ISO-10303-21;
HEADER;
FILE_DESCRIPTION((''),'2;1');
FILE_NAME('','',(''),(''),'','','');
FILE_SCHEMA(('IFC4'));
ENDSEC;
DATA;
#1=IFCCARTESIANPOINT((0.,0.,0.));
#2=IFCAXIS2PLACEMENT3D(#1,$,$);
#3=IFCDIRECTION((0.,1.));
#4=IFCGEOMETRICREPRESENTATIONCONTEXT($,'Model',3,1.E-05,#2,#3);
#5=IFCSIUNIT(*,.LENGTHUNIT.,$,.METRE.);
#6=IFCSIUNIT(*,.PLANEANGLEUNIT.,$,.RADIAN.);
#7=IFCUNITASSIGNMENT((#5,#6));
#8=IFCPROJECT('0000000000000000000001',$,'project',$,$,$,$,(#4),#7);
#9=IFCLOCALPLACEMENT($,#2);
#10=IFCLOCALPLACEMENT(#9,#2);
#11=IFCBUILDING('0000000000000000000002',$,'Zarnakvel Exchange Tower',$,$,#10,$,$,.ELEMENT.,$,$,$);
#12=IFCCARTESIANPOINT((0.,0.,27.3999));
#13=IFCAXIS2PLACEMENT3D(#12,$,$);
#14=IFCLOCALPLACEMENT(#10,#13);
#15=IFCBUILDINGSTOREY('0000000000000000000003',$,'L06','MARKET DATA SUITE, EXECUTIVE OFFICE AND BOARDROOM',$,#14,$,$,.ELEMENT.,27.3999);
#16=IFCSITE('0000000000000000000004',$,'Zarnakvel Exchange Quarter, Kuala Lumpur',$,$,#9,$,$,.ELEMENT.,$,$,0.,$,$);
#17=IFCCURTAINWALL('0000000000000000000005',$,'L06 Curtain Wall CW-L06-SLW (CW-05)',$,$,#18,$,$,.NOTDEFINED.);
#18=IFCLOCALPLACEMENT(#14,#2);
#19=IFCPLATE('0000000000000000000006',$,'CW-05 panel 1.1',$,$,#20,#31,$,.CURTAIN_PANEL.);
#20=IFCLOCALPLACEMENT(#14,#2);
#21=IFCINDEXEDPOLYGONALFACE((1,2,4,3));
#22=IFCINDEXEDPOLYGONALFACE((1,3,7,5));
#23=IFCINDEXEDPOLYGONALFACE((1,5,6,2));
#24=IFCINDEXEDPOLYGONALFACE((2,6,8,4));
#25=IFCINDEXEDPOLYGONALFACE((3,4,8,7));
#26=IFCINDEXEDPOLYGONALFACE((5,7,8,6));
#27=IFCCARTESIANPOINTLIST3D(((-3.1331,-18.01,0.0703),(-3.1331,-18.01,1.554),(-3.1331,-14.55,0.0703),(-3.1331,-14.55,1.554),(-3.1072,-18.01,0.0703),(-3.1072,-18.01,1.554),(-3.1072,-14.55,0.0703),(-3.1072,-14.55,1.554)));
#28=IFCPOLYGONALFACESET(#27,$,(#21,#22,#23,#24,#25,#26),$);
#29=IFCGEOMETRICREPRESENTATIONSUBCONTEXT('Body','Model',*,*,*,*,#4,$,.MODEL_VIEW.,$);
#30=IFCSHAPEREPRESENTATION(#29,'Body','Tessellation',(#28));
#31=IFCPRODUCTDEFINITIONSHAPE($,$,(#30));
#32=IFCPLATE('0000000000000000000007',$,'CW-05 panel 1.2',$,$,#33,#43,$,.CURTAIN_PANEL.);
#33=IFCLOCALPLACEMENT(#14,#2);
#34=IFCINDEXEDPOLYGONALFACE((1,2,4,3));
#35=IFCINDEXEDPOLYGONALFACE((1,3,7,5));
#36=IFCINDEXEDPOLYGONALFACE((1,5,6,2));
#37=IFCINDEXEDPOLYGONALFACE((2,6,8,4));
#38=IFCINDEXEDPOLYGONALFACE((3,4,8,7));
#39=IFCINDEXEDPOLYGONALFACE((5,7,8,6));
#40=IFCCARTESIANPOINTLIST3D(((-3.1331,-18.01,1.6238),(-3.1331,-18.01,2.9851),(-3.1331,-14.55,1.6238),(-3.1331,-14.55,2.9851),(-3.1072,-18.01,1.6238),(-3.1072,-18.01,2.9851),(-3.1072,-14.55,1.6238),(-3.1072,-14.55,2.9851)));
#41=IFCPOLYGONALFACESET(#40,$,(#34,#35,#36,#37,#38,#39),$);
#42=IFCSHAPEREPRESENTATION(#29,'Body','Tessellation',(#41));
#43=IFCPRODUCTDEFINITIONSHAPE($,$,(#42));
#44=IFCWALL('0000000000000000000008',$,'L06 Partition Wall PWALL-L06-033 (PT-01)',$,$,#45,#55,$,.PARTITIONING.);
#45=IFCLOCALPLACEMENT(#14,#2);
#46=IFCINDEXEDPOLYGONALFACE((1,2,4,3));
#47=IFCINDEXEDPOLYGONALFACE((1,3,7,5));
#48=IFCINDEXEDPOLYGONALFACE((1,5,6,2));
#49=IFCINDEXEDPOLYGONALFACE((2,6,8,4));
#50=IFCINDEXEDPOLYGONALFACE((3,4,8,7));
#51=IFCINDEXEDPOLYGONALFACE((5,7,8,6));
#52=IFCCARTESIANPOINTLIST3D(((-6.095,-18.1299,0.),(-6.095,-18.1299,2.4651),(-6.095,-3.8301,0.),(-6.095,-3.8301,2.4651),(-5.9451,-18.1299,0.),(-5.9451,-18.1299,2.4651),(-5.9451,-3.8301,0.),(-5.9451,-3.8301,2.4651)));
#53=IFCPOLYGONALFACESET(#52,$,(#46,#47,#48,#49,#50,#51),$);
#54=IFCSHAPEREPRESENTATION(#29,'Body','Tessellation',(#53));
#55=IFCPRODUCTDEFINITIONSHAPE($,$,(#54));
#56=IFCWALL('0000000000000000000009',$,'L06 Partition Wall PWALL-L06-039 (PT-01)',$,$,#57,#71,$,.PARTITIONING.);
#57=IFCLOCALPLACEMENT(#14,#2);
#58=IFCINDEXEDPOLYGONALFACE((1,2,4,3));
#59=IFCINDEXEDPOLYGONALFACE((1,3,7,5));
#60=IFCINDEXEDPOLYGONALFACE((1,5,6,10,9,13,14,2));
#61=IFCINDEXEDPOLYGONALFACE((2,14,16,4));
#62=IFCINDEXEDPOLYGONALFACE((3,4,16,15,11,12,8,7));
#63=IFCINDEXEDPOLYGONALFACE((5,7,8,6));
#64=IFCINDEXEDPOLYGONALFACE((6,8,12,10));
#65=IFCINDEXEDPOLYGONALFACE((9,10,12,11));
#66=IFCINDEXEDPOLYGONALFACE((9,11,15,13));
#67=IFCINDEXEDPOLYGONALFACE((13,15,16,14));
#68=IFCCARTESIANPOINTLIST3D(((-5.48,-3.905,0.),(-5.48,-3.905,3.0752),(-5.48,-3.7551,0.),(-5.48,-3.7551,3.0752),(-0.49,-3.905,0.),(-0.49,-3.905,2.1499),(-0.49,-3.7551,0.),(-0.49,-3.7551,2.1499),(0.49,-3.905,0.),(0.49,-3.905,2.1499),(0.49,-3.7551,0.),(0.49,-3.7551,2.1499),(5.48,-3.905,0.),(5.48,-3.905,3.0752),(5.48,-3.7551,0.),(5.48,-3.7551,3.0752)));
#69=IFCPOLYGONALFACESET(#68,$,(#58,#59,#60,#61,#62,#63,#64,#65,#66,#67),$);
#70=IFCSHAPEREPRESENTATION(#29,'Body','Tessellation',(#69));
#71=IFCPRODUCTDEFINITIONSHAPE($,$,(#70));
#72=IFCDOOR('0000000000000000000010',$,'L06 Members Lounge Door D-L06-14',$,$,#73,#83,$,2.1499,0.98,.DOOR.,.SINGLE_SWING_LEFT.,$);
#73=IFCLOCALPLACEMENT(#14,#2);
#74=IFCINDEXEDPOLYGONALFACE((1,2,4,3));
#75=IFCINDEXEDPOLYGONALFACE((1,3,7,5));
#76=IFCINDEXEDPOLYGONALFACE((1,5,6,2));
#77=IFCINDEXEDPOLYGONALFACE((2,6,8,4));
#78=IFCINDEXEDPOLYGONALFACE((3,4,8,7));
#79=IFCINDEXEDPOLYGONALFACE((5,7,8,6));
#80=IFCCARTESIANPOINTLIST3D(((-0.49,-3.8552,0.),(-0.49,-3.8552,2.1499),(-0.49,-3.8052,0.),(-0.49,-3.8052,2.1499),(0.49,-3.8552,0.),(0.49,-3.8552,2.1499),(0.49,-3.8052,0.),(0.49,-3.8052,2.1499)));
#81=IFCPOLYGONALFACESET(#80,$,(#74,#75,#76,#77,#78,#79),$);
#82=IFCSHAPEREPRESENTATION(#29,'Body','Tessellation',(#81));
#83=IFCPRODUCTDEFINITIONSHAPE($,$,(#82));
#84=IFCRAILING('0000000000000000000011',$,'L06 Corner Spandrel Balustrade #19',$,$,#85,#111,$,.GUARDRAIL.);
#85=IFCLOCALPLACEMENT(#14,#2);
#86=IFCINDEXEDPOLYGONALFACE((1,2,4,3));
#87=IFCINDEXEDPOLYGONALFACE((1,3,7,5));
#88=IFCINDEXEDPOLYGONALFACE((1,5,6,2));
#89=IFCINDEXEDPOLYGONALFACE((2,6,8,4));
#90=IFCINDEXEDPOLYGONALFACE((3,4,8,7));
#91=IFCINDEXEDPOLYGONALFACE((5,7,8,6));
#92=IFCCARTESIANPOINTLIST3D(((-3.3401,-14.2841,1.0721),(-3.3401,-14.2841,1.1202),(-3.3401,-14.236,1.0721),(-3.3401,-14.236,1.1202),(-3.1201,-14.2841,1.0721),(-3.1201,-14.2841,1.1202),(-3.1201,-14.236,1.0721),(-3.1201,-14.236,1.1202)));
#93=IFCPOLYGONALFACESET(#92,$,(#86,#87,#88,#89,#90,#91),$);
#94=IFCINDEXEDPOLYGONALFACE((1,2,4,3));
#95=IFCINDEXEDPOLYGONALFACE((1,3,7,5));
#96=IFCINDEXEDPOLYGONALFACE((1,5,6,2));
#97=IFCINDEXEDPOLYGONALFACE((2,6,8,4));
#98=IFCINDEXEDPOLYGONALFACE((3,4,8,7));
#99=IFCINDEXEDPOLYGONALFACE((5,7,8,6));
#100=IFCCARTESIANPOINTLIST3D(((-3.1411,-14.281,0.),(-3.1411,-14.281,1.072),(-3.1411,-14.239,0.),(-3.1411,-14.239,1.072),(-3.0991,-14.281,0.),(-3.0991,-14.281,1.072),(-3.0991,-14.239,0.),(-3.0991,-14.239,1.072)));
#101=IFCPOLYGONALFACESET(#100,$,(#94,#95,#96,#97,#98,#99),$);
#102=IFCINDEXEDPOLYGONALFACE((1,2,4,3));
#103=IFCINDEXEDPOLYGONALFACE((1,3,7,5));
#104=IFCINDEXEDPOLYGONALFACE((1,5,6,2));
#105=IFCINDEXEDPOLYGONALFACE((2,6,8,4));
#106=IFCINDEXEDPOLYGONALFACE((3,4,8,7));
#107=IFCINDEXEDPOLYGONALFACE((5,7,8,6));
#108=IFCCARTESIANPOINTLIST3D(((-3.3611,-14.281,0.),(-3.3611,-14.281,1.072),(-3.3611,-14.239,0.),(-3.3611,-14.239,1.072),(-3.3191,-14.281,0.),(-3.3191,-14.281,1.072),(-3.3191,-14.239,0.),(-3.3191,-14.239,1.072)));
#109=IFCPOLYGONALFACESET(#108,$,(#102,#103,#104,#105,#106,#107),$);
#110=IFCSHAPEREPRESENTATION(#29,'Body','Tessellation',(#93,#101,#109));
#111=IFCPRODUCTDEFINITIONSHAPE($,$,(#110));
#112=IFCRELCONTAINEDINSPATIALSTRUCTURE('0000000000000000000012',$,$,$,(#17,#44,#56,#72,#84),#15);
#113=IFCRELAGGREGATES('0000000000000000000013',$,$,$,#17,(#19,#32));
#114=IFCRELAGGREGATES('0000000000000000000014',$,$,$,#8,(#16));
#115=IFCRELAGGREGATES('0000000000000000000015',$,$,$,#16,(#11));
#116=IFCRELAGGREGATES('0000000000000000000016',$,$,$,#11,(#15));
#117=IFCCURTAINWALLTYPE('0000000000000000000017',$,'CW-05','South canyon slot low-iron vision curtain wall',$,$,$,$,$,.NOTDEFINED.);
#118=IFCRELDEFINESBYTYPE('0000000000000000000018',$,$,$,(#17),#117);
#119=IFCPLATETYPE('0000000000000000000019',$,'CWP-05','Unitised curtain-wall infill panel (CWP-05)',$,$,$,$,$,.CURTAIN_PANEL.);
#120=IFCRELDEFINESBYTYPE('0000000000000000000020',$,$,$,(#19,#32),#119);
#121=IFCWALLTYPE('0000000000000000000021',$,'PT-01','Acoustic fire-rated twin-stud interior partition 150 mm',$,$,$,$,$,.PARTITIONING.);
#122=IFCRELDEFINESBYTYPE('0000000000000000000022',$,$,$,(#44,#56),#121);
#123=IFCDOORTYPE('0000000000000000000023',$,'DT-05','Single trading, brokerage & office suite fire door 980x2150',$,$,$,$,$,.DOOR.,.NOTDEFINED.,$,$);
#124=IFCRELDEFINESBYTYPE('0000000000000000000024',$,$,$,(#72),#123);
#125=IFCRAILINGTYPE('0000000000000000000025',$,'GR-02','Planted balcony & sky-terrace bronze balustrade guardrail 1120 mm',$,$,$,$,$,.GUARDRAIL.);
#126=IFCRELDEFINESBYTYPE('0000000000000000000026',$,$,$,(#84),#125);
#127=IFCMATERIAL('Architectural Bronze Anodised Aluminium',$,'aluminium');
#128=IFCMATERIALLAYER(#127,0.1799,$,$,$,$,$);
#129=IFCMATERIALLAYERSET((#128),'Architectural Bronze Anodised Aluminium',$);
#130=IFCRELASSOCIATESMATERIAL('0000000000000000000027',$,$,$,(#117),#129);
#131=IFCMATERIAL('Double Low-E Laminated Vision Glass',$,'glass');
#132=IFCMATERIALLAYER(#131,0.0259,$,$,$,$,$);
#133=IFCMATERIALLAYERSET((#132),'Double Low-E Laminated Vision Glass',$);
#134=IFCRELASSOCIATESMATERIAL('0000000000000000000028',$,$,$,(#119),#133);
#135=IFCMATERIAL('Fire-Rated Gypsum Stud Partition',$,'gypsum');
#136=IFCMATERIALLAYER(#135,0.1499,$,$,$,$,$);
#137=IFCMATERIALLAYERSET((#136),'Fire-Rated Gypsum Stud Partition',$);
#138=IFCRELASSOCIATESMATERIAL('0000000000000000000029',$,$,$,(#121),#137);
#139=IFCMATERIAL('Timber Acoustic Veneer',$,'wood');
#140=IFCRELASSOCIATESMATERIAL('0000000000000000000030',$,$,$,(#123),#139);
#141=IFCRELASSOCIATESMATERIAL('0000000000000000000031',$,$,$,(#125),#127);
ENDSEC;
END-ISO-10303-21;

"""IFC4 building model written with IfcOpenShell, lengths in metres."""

from ifc_helpers import new_model, si_unit, direction, frame, frame_2d, origin, origin_2d, place, context, subcontext, project, spatial, rectangle, extrude, source, transform, mapped, material, layer, layer_set, type_object, element, fill, aggregate, save


model = new_model("IFC4")

# Units and contexts
model_context = context("Model", 3, precision=1e-05, world=origin(), true_north=direction((0.0, 1.0)))
body_context = subcontext(model_context, "Body", "Model", "MODEL_VIEW")
ifc_project = project(units=[si_unit("LENGTHUNIT", "METRE"), si_unit("PLANEANGLEUNIT", "RADIAN")], contexts=[model_context])

# Site, building, storey
site_placement = place(None, origin())
site = spatial("IfcSite", under=ifc_project, at=site_placement, Name="Zarnakvel Exchange Quarter, Kuala Lumpur", CompositionType="ELEMENT", RefElevation=0.0)
building_placement = place(site_placement, origin())
building = spatial("IfcBuilding", under=site, at=building_placement, Name="Zarnakvel Exchange Tower", CompositionType="ELEMENT")
storey_placement = place(building_placement, frame((0.0, 0.0, 27.3999)))
storey = spatial("IfcBuildingStorey", under=building, at=storey_placement, Name="L06", Description="MARKET DATA SUITE, EXECUTIVE OFFICE AND BOARDROOM", CompositionType="ELEMENT", Elevation=27.3999)

# Curtain wall
ifc_material_1 = material(Name="Architectural Bronze Anodised Aluminium", Category="aluminium")
ifc_layer_1 = layer(ifc_material_1, 0.1799)
ifc_layer_set_1 = layer_set([ifc_layer_1], Name="Architectural Bronze Anodised Aluminium")
curtain_wall_type = type_object("IfcCurtainWallType", Name="CW-05", Description="South canyon slot low-iron vision curtain wall", PredefinedType="NOTDEFINED", material=ifc_layer_set_1)
curtain_wall_1_placement = place(storey_placement, origin())
curtain_wall_1 = element("IfcCurtainWall", 1, at=curtain_wall_1_placement, inside=storey, type_object=curtain_wall_type, Name="L06 Curtain Wall CW-L06-SLW (CW-05)", PredefinedType="NOTDEFINED")

# Plates
ifc_material_2 = material(Name="Double Low-E Laminated Vision Glass", Category="glass")
ifc_layer_2 = layer(ifc_material_2, 0.0259)
ifc_layer_set_2 = layer_set([ifc_layer_2], Name="Double Low-E Laminated Vision Glass")
plate_type = type_object("IfcPlateType", Name="CWP-05", Description="Unitised curtain-wall infill panel (CWP-05)", PredefinedType="CURTAIN_PANEL", material=ifc_layer_set_2)
shared_shape_1 = source(origin(), body_context, "Body", "SweptSolid", [
    extrude(rectangle(XDim=3.46, YDim=0.0259, at=origin_2d()), origin(), (0.0, 0.0, 1.0), 1.4836),
])
plate_1_placement = place(storey_placement, frame((-3.1201, -16.28, 0.0703), z_axis=(0.0, 0.0, 1.0), x_axis=(0.0, 1.0, 0.0)))
plate_1 = element("IfcPlate", 2, at=plate_1_placement, type_object=plate_type, Name="CW-05 panel 1.1", PredefinedType="CURTAIN_PANEL", context=body_context, shape_type="MappedRepresentation", body=[
    mapped(shared_shape_1, transform((0.0, 0.0, 0.0), x_axis=(1.0, 0.0, 0.0), y_axis=(0.0, 1.0, 0.0), z_axis=(0.0, 0.0, 1.0), scale=1.0)),
])
shared_shape_2 = source(origin(), body_context, "Body", "SweptSolid", [
    extrude(rectangle(XDim=3.46, YDim=0.0259, at=origin_2d()), origin(), (0.0, 0.0, 1.0), 1.3613),
])
plate_2_placement = place(storey_placement, frame((-3.1201, -16.28, 1.6238), z_axis=(0.0, 0.0, 1.0), x_axis=(0.0, 1.0, 0.0)))
plate_2 = element("IfcPlate", 3, at=plate_2_placement, type_object=plate_type, Name="CW-05 panel 1.2", PredefinedType="CURTAIN_PANEL", context=body_context, shape_type="MappedRepresentation", body=[
    mapped(shared_shape_2, transform((0.0, 0.0, 0.0), x_axis=(1.0, 0.0, 0.0), y_axis=(0.0, 1.0, 0.0), z_axis=(0.0, 0.0, 1.0), scale=1.0)),
])
aggregate(curtain_wall_1, [plate_1, plate_2])

# Wall
ifc_material_3 = material(Name="Fire-Rated Gypsum Stud Partition", Category="gypsum")
ifc_layer_3 = layer(ifc_material_3, 0.1499)
ifc_layer_set_3 = layer_set([ifc_layer_3], Name="Fire-Rated Gypsum Stud Partition")
wall_type_1 = type_object("IfcWallType", Name="PT-01", Description="Acoustic fire-rated twin-stud interior partition 150 mm", PredefinedType="PARTITIONING", material=ifc_layer_set_3)
wall_1_placement = place(storey_placement, frame((-6.02, -3.8301, 0.0), z_axis=(0.0, 0.0, 1.0), x_axis=(0.0, -1.0, 0.0)))
element("IfcWall", 4, at=wall_1_placement, inside=storey, type_object=wall_type_1, Name="L06 Partition Wall PWALL-L06-033 (PT-01)", PredefinedType="PARTITIONING", context=body_context, shape_type="SweptSolid", body=[
    extrude(rectangle(XDim=14.2998, YDim=0.1499, at=frame_2d((7.1499, 0.0))), origin(), (0.0, 0.0, 1.0), 2.4651),
])

# Wall, opening, door
wall_2_placement = place(storey_placement, frame((-5.48, -3.8301, 0.0), z_axis=(0.0, 0.0, 1.0), x_axis=(1.0, 0.0, 0.0)))
wall_2 = element("IfcWall", 5, at=wall_2_placement, inside=storey, type_object=wall_type_1, Name="L06 Partition Wall PWALL-L06-039 (PT-01)", PredefinedType="PARTITIONING", context=body_context, shape_type="SweptSolid", body=[
    extrude(rectangle(XDim=10.96, YDim=0.1499, at=frame_2d((5.48, 0.0))), origin(), (0.0, 0.0, 1.0), 3.0752),
])
opening_1_placement = place(wall_2_placement, frame((4.99, 0.0, 0.0)))
opening_1 = element("IfcOpeningElement", 6, at=opening_1_placement, cuts=wall_2, PredefinedType="OPENING", context=body_context, shape_type="SweptSolid", body=[
    extrude(rectangle(XDim=0.98, YDim=2.1499, at=frame_2d((0.49, 1.075))), frame((0.0, 0.085, 0.0), z_axis=(0.0, -1.0, 0.0), x_axis=(1.0, 0.0, 0.0)), (0.0, 0.0, 1.0), 0.1699),
])
ifc_material_4 = material(Name="Timber Acoustic Veneer", Category="wood")
door_type_1 = type_object("IfcDoorType", Name="DT-05", Description="Single trading, brokerage & office suite fire door 980x2150", OperationType="NOTDEFINED", PredefinedType="DOOR", material=ifc_material_4)
shared_shape_3 = source(origin(), body_context, "Body", "SweptSolid", [
    extrude(rectangle(XDim=0.98, YDim=2.1499, at=frame_2d((0.49, 1.075))), frame((0.0, 0.0249, 0.0), z_axis=(0.0, -1.0, 0.0), x_axis=(1.0, 0.0, 0.0)), (0.0, 0.0, 1.0), 0.05),
])
door_1_placement = place(opening_1_placement, origin())
door_1 = element("IfcDoor", 7, at=door_1_placement, inside=storey, type_object=door_type_1, Name="L06 Members Lounge Door D-L06-14", OperationType="SINGLE_SWING_LEFT", OverallHeight=2.1499, OverallWidth=0.98, PredefinedType="DOOR", context=body_context, shape_type="MappedRepresentation", body=[
    mapped(shared_shape_3, transform((0.0, 0.0, 0.0), x_axis=(1.0, 0.0, 0.0), y_axis=(0.0, 1.0, 0.0), z_axis=(0.0, 0.0, 1.0), scale=1.0)),
])
fill(opening_1, door_1)

# Railing
railing_type = type_object("IfcRailingType", Name="GR-02", Description="Planted balcony & sky-terrace bronze balustrade guardrail 1120 mm", PredefinedType="GUARDRAIL", material=ifc_material_1)
railing_placement = place(storey_placement, frame((-3.1201, -14.26, 0.0)))
element("IfcRailing", 8, at=railing_placement, inside=storey, type_object=railing_type, Name="L06 Corner Spandrel Balustrade #19", PredefinedType="GUARDRAIL", context=body_context, shape_type="SweptSolid", body=[
    extrude(rectangle(XDim=0.0481, YDim=0.0481, at=origin_2d()), frame((0.0, 0.0, 1.0962), z_axis=(-1.0, 0.0, 0.0), x_axis=(0.0, -1.0, 0.0)), (0.0, 0.0, 1.0), 0.22),
    extrude(rectangle(XDim=0.042, YDim=0.042, at=origin_2d()), origin(), (0.0, 0.0, 1.0), 1.072),
    extrude(rectangle(XDim=0.042, YDim=0.042, at=origin_2d()), frame((-0.22, 0.0, 0.0)), (0.0, 0.0, 1.0), 1.072),
])

save(model, "model.ifc")
